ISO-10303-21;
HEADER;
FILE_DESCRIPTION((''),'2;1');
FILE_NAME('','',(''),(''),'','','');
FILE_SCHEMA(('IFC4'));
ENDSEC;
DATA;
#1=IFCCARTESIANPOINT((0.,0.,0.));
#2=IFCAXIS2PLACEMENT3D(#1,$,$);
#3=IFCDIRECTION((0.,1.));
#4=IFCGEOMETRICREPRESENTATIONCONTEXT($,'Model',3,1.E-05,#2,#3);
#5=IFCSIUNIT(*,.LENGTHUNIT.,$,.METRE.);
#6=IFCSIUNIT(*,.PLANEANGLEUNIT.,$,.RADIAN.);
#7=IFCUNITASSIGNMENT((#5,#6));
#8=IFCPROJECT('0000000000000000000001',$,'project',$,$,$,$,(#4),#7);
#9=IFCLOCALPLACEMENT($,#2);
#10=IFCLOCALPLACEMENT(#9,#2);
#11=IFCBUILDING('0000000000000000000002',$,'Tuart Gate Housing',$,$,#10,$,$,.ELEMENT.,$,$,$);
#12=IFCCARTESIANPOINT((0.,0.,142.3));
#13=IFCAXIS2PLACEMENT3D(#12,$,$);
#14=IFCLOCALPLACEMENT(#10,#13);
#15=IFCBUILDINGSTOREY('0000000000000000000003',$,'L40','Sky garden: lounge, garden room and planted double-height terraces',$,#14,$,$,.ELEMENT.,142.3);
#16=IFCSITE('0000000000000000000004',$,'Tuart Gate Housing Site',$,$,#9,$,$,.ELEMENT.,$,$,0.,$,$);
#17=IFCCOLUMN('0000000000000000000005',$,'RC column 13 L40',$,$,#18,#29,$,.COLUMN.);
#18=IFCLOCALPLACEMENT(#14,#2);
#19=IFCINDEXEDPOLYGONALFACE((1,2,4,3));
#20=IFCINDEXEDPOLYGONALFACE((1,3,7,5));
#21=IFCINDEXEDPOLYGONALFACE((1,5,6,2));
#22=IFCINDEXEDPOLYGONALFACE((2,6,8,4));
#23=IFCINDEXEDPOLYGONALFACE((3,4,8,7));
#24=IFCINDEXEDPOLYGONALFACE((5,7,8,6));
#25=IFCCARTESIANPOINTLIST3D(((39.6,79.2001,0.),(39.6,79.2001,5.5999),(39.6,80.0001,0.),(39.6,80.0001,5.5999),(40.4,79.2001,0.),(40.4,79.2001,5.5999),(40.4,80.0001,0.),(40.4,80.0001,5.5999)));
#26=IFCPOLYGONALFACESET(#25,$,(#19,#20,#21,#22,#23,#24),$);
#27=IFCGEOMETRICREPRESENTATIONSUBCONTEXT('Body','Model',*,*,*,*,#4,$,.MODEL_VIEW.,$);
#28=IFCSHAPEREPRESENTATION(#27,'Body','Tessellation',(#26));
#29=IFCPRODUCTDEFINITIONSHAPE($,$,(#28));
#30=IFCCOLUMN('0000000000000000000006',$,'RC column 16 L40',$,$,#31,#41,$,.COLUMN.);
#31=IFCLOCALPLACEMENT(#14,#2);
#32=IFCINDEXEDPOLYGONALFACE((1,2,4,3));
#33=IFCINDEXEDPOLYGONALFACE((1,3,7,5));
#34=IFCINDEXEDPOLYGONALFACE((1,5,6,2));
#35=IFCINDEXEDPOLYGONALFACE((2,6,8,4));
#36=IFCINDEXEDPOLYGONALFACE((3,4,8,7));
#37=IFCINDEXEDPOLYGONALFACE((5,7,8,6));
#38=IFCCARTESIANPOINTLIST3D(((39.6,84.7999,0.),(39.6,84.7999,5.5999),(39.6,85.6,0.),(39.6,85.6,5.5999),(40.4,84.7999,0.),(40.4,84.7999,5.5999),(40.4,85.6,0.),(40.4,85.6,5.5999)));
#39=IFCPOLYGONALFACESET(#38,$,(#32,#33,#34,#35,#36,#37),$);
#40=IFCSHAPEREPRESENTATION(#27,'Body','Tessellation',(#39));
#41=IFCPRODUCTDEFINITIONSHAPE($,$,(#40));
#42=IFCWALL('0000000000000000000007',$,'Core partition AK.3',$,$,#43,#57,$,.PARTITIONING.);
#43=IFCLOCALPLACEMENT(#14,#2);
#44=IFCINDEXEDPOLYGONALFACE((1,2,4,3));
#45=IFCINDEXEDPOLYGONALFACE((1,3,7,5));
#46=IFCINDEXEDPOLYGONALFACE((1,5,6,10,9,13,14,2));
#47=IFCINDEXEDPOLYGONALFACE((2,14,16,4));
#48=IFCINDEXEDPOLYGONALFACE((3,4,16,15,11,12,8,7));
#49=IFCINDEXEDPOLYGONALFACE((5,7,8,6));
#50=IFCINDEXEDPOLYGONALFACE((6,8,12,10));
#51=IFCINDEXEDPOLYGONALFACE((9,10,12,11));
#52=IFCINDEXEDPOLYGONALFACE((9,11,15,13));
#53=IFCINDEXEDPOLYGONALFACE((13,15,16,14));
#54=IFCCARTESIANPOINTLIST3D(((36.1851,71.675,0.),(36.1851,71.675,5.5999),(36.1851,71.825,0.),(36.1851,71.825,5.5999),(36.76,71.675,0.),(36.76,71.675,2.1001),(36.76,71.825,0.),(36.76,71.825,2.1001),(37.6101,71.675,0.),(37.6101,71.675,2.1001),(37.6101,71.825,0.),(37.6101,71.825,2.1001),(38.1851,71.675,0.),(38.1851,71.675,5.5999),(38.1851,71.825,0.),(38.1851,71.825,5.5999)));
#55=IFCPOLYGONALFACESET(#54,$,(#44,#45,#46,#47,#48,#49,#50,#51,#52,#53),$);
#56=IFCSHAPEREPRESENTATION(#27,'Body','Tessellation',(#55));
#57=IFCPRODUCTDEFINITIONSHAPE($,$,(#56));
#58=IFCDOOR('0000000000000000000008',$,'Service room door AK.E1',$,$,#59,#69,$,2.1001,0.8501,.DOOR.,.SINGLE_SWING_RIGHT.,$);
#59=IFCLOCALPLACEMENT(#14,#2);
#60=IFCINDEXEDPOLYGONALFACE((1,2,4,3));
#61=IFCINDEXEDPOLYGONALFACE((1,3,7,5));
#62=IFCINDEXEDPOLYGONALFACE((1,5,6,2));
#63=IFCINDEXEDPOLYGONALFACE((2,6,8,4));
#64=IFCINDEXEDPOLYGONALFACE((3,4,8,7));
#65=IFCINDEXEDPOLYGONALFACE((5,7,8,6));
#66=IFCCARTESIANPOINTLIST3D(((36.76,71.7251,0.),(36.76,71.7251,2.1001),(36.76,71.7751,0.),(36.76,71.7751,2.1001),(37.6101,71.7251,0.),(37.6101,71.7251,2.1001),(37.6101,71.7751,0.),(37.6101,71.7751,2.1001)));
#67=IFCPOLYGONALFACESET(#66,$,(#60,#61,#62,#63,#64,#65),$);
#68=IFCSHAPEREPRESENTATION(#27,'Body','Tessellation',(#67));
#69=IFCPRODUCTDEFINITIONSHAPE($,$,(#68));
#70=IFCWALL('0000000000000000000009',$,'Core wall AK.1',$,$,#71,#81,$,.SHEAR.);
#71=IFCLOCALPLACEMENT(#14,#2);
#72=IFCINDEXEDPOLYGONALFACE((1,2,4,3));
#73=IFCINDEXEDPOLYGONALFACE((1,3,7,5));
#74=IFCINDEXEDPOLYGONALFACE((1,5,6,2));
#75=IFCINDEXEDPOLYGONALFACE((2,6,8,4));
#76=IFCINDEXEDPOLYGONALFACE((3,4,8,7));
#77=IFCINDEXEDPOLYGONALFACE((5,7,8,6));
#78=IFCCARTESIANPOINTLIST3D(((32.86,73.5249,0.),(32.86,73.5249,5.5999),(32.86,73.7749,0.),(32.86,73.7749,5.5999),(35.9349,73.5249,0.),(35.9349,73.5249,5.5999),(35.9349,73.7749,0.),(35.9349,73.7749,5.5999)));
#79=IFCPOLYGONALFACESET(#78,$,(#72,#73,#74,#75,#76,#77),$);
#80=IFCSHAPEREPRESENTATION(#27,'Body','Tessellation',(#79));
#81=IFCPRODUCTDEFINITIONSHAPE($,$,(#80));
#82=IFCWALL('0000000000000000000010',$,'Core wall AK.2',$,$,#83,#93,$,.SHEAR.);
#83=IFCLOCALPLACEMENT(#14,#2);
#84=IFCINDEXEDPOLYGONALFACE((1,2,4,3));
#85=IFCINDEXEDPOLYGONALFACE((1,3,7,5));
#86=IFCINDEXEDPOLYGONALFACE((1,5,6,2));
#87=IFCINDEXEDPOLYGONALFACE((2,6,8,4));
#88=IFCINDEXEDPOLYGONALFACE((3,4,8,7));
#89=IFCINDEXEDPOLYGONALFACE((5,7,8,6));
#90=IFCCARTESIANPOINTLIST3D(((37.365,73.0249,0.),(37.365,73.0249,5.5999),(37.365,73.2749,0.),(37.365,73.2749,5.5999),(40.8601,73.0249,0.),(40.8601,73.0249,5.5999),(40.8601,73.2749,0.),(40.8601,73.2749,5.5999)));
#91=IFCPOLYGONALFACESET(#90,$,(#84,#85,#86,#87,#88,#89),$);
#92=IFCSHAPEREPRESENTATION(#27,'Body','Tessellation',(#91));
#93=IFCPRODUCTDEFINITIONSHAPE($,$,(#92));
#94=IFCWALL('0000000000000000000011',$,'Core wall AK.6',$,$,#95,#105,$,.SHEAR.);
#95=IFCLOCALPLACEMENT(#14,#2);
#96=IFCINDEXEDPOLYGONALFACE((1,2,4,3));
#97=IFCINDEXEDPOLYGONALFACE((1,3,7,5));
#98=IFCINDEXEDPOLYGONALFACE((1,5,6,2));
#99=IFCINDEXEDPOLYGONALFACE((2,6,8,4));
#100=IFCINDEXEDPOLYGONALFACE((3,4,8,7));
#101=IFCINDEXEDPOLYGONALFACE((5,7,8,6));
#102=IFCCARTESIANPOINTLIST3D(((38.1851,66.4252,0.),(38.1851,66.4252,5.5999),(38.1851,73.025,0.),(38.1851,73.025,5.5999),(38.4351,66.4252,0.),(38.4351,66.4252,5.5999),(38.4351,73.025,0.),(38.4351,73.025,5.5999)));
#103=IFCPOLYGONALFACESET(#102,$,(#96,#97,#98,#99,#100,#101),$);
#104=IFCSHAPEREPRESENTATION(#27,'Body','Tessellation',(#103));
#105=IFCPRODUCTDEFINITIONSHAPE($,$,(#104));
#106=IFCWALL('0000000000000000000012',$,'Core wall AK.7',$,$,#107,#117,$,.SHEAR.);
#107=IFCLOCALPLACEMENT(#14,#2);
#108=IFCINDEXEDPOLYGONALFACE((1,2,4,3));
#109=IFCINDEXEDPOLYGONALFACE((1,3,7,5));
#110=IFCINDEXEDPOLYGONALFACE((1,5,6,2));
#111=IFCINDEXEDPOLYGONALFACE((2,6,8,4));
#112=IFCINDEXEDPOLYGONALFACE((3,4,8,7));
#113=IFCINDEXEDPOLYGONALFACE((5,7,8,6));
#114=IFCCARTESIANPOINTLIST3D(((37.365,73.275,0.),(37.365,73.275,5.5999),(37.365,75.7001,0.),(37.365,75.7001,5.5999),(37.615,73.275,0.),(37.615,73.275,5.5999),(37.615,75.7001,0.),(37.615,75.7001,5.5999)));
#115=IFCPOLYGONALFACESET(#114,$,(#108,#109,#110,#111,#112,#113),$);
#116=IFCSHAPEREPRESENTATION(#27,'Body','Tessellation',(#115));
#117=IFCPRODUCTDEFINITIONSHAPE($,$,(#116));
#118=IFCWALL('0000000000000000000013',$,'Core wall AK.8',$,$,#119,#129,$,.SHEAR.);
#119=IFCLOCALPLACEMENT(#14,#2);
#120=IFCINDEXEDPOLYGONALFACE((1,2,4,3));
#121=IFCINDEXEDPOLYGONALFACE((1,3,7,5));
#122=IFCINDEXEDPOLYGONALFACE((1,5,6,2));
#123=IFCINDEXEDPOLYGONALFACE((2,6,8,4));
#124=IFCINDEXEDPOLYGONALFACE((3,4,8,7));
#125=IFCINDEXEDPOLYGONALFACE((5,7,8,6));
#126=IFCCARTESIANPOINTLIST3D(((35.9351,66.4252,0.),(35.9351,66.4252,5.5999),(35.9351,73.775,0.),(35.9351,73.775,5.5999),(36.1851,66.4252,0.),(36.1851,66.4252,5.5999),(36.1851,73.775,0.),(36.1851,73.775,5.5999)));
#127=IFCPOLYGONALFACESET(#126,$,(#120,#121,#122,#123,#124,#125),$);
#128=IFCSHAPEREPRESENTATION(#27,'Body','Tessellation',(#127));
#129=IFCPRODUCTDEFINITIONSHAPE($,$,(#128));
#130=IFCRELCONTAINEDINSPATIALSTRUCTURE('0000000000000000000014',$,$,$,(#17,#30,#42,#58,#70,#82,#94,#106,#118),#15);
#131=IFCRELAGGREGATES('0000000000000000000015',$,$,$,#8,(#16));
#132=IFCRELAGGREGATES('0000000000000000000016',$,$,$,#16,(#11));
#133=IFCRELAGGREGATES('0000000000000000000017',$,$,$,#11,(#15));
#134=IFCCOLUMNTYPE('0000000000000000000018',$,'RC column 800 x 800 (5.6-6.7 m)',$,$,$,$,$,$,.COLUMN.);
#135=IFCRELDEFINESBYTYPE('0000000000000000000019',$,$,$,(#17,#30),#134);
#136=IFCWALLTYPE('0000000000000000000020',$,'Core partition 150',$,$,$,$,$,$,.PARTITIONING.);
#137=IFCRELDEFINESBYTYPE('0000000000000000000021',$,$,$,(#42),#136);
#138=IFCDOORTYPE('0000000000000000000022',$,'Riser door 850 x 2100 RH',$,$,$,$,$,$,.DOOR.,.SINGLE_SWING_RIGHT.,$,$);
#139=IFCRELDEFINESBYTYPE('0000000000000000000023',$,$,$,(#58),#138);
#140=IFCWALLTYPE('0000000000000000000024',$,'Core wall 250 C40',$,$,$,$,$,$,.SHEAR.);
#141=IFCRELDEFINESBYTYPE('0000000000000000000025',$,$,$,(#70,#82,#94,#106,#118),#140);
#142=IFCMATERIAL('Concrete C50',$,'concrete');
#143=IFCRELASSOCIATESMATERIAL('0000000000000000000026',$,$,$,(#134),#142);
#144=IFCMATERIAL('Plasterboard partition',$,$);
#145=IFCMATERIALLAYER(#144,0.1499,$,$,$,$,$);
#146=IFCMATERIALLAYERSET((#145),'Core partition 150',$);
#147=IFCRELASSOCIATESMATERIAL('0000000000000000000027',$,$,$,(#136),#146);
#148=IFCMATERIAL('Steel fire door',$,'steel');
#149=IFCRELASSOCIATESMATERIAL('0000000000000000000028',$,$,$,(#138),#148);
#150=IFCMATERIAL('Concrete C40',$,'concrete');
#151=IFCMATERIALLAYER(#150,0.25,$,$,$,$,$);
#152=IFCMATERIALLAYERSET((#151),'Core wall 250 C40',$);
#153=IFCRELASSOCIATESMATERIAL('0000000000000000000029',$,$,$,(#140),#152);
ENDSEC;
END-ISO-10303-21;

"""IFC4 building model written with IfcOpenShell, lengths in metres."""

from ifc_helpers import new_model, si_unit, direction, frame, frame_2d, origin, origin_2d, place, context, subcontext, project, spatial, rectangle, extrude, material, layer, layer_set, material_profile, profile_set, type_object, element, fill, save


model = new_model("IFC4")

# Units and contexts
model_context = context("Model", 3, precision=1e-05, world=origin(), true_north=direction((0.0, 1.0)))
body_context = subcontext(model_context, "Body", "Model", "MODEL_VIEW")
ifc_project = project(units=[si_unit("LENGTHUNIT", "METRE"), si_unit("PLANEANGLEUNIT", "RADIAN")], contexts=[model_context])

# Site, building, storey
site_placement = place(None, origin())
site = spatial("IfcSite", under=ifc_project, at=site_placement, Name="Tuart Gate Housing Site", CompositionType="ELEMENT", RefElevation=0.0)
building_placement = place(site_placement, origin())
building = spatial("IfcBuilding", under=site, at=building_placement, Name="Tuart Gate Housing", CompositionType="ELEMENT")
storey_placement = place(building_placement, frame((0.0, 0.0, 142.3)))
storey = spatial("IfcBuildingStorey", under=building, at=storey_placement, Name="L40", Description="Sky garden: lounge, garden room and planted double-height terraces", CompositionType="ELEMENT", Elevation=142.3)

# Columns
ifc_material_1 = material(Name="Concrete C50", Category="concrete")
ifc_material_profile = material_profile(ifc_material_1, rectangle(XDim=0.8, YDim=0.8, at=origin_2d()), Name="RC column 800 x 800 (5.6-6.7 m)")
ifc_profile_set = profile_set([ifc_material_profile], Name="Concrete C50")
column_type = type_object("IfcColumnType", Name="RC column 800 x 800 (5.6-6.7 m)", PredefinedType="COLUMN", material=ifc_profile_set)
for number, where, z_axis, x_axis, name in (
    (1, (40.0, 79.6001, 0.0), (0.0, 0.0, 1.0), (1.0, 0.0, 0.0), "RC column 13 L40"),
    (2, (40.0, 85.2, 0.0), (0.0, 0.0, 1.0), (1.0, 0.0, 0.0), "RC column 16 L40"),
):
    element("IfcColumn", number, at=place(storey_placement, frame(where, z_axis=z_axis, x_axis=x_axis)), inside=storey, type_object=column_type, Name=name, PredefinedType="COLUMN", context=body_context, shape_type="SweptSolid", body=[
        extrude(rectangle(XDim=0.8, YDim=0.8, at=origin_2d()), origin(), (0.0, 0.0, 1.0), 5.5999),
    ])

# Wall, opening, door
ifc_material_2 = material(Name="Plasterboard partition")
ifc_layer_1 = layer(ifc_material_2, 0.1499)
ifc_layer_set_1 = layer_set([ifc_layer_1], Name="Core partition 150")
wall_type_1 = type_object("IfcWallType", Name="Core partition 150", PredefinedType="PARTITIONING", material=ifc_layer_set_1)
wall_1_placement = place(storey_placement, frame((38.1851, 71.75, 0.0), z_axis=(0.0, 0.0, 1.0), x_axis=(-1.0, 0.0, 0.0)))
wall_1 = element("IfcWall", 3, at=wall_1_placement, inside=storey, type_object=wall_type_1, Name="Core partition AK.3", PredefinedType="PARTITIONING", context=body_context, shape_type="SweptSolid", body=[
    extrude(rectangle(XDim=2.0, YDim=0.1499, at=frame_2d((1.0, 0.0))), origin(), (0.0, 0.0, 1.0), 5.5999),
])
opening_1_placement = place(wall_1_placement, frame((0.575, 0.0, 0.0)))
opening_1 = element("IfcOpeningElement", 4, at=opening_1_placement, cuts=wall_1, PredefinedType="OPENING", context=body_context, shape_type="SweptSolid", body=[
    extrude(rectangle(XDim=0.8501, YDim=2.1001, at=frame_2d((0.425, 1.05))), frame((0.0, 0.085, 0.0), z_axis=(0.0, -1.0, 0.0), x_axis=(1.0, 0.0, 0.0)), (0.0, 0.0, 1.0), 0.1699),
])
ifc_material_3 = material(Name="Steel fire door", Category="steel")
door_type_1 = type_object("IfcDoorType", Name="Riser door 850 x 2100 RH", OperationType="SINGLE_SWING_RIGHT", PredefinedType="DOOR", material=ifc_material_3)
door_1_placement = place(opening_1_placement, frame((0.8501, 0.0, 0.0), z_axis=(0.0, 0.0, 1.0), x_axis=(-1.0, 0.0, 0.0)))
door_1 = element("IfcDoor", 5, at=door_1_placement, inside=storey, type_object=door_type_1, Name="Service room door AK.E1", OperationType="SINGLE_SWING_RIGHT", OverallHeight=2.1001, OverallWidth=0.8501, PredefinedType="DOOR", context=body_context, shape_type="SweptSolid", body=[
    extrude(rectangle(XDim=0.8501, YDim=2.1001, at=frame_2d((0.425, 1.05))), frame((0.0, 0.0251, 0.0), z_axis=(0.0, -1.0, 0.0), x_axis=(1.0, 0.0, 0.0)), (0.0, 0.0, 1.0), 0.05),
])
fill(opening_1, door_1)

# Walls
ifc_material_4 = material(Name="Concrete C40", Category="concrete")
ifc_layer_2 = layer(ifc_material_4, 0.25)
ifc_layer_set_2 = layer_set([ifc_layer_2], Name="Core wall 250 C40")
wall_type_2 = type_object("IfcWallType", Name="Core wall 250 C40", PredefinedType="SHEAR", material=ifc_layer_set_2)
wall_2_placement = place(storey_placement, frame((35.9351, 73.6499, 0.0), z_axis=(0.0, 0.0, 1.0), x_axis=(-1.0, 0.0, 0.0)))
element("IfcWall", 6, at=wall_2_placement, inside=storey, type_object=wall_type_2, Name="Core wall AK.1", PredefinedType="SHEAR", context=body_context, shape_type="SweptSolid", body=[
    extrude(rectangle(XDim=3.075, YDim=0.25, at=frame_2d((1.5376, 0.0))), origin(), (0.0, 0.0, 1.0), 5.5999),
])
wall_3_placement = place(storey_placement, frame((40.8601, 73.1499, 0.0), z_axis=(0.0, 0.0, 1.0), x_axis=(-1.0, 0.0, 0.0)))
element("IfcWall", 7, at=wall_3_placement, inside=storey, type_object=wall_type_2, Name="Core wall AK.2", PredefinedType="SHEAR", context=body_context, shape_type="SweptSolid", body=[
    extrude(rectangle(XDim=3.4951, YDim=0.25, at=frame_2d((1.7476, 0.0))), origin(), (0.0, 0.0, 1.0), 5.5999),
])
wall_4_placement = place(storey_placement, frame((38.3101, 73.0249, 0.0), z_axis=(0.0, 0.0, 1.0), x_axis=(0.0, -1.0, 0.0)))
element("IfcWall", 8, at=wall_4_placement, inside=storey, type_object=wall_type_2, Name="Core wall AK.6", PredefinedType="SHEAR", context=body_context, shape_type="SweptSolid", body=[
    extrude(rectangle(XDim=6.5999, YDim=0.25, at=frame_2d((3.2998, 0.0))), origin(), (0.0, 0.0, 1.0), 5.5999),
])
wall_5_placement = place(storey_placement, frame((37.49, 75.7, 0.0), z_axis=(0.0, 0.0, 1.0), x_axis=(0.0, -1.0, 0.0)))
element("IfcWall", 9, at=wall_5_placement, inside=storey, type_object=wall_type_2, Name="Core wall AK.7", PredefinedType="SHEAR", context=body_context, shape_type="SweptSolid", body=[
    extrude(rectangle(XDim=2.425, YDim=0.25, at=frame_2d((1.2124, 0.0))), origin(), (0.0, 0.0, 1.0), 5.5999),
])
wall_6_placement = place(storey_placement, frame((36.0601, 73.7749, 0.0), z_axis=(0.0, 0.0, 1.0), x_axis=(0.0, -1.0, 0.0)))
element("IfcWall", 10, at=wall_6_placement, inside=storey, type_object=wall_type_2, Name="Core wall AK.8", PredefinedType="SHEAR", context=body_context, shape_type="SweptSolid", body=[
    extrude(rectangle(XDim=7.3499, YDim=0.25, at=frame_2d((3.6748, 0.0))), origin(), (0.0, 0.0, 1.0), 5.5999),
])

save(model, "model.ifc")
